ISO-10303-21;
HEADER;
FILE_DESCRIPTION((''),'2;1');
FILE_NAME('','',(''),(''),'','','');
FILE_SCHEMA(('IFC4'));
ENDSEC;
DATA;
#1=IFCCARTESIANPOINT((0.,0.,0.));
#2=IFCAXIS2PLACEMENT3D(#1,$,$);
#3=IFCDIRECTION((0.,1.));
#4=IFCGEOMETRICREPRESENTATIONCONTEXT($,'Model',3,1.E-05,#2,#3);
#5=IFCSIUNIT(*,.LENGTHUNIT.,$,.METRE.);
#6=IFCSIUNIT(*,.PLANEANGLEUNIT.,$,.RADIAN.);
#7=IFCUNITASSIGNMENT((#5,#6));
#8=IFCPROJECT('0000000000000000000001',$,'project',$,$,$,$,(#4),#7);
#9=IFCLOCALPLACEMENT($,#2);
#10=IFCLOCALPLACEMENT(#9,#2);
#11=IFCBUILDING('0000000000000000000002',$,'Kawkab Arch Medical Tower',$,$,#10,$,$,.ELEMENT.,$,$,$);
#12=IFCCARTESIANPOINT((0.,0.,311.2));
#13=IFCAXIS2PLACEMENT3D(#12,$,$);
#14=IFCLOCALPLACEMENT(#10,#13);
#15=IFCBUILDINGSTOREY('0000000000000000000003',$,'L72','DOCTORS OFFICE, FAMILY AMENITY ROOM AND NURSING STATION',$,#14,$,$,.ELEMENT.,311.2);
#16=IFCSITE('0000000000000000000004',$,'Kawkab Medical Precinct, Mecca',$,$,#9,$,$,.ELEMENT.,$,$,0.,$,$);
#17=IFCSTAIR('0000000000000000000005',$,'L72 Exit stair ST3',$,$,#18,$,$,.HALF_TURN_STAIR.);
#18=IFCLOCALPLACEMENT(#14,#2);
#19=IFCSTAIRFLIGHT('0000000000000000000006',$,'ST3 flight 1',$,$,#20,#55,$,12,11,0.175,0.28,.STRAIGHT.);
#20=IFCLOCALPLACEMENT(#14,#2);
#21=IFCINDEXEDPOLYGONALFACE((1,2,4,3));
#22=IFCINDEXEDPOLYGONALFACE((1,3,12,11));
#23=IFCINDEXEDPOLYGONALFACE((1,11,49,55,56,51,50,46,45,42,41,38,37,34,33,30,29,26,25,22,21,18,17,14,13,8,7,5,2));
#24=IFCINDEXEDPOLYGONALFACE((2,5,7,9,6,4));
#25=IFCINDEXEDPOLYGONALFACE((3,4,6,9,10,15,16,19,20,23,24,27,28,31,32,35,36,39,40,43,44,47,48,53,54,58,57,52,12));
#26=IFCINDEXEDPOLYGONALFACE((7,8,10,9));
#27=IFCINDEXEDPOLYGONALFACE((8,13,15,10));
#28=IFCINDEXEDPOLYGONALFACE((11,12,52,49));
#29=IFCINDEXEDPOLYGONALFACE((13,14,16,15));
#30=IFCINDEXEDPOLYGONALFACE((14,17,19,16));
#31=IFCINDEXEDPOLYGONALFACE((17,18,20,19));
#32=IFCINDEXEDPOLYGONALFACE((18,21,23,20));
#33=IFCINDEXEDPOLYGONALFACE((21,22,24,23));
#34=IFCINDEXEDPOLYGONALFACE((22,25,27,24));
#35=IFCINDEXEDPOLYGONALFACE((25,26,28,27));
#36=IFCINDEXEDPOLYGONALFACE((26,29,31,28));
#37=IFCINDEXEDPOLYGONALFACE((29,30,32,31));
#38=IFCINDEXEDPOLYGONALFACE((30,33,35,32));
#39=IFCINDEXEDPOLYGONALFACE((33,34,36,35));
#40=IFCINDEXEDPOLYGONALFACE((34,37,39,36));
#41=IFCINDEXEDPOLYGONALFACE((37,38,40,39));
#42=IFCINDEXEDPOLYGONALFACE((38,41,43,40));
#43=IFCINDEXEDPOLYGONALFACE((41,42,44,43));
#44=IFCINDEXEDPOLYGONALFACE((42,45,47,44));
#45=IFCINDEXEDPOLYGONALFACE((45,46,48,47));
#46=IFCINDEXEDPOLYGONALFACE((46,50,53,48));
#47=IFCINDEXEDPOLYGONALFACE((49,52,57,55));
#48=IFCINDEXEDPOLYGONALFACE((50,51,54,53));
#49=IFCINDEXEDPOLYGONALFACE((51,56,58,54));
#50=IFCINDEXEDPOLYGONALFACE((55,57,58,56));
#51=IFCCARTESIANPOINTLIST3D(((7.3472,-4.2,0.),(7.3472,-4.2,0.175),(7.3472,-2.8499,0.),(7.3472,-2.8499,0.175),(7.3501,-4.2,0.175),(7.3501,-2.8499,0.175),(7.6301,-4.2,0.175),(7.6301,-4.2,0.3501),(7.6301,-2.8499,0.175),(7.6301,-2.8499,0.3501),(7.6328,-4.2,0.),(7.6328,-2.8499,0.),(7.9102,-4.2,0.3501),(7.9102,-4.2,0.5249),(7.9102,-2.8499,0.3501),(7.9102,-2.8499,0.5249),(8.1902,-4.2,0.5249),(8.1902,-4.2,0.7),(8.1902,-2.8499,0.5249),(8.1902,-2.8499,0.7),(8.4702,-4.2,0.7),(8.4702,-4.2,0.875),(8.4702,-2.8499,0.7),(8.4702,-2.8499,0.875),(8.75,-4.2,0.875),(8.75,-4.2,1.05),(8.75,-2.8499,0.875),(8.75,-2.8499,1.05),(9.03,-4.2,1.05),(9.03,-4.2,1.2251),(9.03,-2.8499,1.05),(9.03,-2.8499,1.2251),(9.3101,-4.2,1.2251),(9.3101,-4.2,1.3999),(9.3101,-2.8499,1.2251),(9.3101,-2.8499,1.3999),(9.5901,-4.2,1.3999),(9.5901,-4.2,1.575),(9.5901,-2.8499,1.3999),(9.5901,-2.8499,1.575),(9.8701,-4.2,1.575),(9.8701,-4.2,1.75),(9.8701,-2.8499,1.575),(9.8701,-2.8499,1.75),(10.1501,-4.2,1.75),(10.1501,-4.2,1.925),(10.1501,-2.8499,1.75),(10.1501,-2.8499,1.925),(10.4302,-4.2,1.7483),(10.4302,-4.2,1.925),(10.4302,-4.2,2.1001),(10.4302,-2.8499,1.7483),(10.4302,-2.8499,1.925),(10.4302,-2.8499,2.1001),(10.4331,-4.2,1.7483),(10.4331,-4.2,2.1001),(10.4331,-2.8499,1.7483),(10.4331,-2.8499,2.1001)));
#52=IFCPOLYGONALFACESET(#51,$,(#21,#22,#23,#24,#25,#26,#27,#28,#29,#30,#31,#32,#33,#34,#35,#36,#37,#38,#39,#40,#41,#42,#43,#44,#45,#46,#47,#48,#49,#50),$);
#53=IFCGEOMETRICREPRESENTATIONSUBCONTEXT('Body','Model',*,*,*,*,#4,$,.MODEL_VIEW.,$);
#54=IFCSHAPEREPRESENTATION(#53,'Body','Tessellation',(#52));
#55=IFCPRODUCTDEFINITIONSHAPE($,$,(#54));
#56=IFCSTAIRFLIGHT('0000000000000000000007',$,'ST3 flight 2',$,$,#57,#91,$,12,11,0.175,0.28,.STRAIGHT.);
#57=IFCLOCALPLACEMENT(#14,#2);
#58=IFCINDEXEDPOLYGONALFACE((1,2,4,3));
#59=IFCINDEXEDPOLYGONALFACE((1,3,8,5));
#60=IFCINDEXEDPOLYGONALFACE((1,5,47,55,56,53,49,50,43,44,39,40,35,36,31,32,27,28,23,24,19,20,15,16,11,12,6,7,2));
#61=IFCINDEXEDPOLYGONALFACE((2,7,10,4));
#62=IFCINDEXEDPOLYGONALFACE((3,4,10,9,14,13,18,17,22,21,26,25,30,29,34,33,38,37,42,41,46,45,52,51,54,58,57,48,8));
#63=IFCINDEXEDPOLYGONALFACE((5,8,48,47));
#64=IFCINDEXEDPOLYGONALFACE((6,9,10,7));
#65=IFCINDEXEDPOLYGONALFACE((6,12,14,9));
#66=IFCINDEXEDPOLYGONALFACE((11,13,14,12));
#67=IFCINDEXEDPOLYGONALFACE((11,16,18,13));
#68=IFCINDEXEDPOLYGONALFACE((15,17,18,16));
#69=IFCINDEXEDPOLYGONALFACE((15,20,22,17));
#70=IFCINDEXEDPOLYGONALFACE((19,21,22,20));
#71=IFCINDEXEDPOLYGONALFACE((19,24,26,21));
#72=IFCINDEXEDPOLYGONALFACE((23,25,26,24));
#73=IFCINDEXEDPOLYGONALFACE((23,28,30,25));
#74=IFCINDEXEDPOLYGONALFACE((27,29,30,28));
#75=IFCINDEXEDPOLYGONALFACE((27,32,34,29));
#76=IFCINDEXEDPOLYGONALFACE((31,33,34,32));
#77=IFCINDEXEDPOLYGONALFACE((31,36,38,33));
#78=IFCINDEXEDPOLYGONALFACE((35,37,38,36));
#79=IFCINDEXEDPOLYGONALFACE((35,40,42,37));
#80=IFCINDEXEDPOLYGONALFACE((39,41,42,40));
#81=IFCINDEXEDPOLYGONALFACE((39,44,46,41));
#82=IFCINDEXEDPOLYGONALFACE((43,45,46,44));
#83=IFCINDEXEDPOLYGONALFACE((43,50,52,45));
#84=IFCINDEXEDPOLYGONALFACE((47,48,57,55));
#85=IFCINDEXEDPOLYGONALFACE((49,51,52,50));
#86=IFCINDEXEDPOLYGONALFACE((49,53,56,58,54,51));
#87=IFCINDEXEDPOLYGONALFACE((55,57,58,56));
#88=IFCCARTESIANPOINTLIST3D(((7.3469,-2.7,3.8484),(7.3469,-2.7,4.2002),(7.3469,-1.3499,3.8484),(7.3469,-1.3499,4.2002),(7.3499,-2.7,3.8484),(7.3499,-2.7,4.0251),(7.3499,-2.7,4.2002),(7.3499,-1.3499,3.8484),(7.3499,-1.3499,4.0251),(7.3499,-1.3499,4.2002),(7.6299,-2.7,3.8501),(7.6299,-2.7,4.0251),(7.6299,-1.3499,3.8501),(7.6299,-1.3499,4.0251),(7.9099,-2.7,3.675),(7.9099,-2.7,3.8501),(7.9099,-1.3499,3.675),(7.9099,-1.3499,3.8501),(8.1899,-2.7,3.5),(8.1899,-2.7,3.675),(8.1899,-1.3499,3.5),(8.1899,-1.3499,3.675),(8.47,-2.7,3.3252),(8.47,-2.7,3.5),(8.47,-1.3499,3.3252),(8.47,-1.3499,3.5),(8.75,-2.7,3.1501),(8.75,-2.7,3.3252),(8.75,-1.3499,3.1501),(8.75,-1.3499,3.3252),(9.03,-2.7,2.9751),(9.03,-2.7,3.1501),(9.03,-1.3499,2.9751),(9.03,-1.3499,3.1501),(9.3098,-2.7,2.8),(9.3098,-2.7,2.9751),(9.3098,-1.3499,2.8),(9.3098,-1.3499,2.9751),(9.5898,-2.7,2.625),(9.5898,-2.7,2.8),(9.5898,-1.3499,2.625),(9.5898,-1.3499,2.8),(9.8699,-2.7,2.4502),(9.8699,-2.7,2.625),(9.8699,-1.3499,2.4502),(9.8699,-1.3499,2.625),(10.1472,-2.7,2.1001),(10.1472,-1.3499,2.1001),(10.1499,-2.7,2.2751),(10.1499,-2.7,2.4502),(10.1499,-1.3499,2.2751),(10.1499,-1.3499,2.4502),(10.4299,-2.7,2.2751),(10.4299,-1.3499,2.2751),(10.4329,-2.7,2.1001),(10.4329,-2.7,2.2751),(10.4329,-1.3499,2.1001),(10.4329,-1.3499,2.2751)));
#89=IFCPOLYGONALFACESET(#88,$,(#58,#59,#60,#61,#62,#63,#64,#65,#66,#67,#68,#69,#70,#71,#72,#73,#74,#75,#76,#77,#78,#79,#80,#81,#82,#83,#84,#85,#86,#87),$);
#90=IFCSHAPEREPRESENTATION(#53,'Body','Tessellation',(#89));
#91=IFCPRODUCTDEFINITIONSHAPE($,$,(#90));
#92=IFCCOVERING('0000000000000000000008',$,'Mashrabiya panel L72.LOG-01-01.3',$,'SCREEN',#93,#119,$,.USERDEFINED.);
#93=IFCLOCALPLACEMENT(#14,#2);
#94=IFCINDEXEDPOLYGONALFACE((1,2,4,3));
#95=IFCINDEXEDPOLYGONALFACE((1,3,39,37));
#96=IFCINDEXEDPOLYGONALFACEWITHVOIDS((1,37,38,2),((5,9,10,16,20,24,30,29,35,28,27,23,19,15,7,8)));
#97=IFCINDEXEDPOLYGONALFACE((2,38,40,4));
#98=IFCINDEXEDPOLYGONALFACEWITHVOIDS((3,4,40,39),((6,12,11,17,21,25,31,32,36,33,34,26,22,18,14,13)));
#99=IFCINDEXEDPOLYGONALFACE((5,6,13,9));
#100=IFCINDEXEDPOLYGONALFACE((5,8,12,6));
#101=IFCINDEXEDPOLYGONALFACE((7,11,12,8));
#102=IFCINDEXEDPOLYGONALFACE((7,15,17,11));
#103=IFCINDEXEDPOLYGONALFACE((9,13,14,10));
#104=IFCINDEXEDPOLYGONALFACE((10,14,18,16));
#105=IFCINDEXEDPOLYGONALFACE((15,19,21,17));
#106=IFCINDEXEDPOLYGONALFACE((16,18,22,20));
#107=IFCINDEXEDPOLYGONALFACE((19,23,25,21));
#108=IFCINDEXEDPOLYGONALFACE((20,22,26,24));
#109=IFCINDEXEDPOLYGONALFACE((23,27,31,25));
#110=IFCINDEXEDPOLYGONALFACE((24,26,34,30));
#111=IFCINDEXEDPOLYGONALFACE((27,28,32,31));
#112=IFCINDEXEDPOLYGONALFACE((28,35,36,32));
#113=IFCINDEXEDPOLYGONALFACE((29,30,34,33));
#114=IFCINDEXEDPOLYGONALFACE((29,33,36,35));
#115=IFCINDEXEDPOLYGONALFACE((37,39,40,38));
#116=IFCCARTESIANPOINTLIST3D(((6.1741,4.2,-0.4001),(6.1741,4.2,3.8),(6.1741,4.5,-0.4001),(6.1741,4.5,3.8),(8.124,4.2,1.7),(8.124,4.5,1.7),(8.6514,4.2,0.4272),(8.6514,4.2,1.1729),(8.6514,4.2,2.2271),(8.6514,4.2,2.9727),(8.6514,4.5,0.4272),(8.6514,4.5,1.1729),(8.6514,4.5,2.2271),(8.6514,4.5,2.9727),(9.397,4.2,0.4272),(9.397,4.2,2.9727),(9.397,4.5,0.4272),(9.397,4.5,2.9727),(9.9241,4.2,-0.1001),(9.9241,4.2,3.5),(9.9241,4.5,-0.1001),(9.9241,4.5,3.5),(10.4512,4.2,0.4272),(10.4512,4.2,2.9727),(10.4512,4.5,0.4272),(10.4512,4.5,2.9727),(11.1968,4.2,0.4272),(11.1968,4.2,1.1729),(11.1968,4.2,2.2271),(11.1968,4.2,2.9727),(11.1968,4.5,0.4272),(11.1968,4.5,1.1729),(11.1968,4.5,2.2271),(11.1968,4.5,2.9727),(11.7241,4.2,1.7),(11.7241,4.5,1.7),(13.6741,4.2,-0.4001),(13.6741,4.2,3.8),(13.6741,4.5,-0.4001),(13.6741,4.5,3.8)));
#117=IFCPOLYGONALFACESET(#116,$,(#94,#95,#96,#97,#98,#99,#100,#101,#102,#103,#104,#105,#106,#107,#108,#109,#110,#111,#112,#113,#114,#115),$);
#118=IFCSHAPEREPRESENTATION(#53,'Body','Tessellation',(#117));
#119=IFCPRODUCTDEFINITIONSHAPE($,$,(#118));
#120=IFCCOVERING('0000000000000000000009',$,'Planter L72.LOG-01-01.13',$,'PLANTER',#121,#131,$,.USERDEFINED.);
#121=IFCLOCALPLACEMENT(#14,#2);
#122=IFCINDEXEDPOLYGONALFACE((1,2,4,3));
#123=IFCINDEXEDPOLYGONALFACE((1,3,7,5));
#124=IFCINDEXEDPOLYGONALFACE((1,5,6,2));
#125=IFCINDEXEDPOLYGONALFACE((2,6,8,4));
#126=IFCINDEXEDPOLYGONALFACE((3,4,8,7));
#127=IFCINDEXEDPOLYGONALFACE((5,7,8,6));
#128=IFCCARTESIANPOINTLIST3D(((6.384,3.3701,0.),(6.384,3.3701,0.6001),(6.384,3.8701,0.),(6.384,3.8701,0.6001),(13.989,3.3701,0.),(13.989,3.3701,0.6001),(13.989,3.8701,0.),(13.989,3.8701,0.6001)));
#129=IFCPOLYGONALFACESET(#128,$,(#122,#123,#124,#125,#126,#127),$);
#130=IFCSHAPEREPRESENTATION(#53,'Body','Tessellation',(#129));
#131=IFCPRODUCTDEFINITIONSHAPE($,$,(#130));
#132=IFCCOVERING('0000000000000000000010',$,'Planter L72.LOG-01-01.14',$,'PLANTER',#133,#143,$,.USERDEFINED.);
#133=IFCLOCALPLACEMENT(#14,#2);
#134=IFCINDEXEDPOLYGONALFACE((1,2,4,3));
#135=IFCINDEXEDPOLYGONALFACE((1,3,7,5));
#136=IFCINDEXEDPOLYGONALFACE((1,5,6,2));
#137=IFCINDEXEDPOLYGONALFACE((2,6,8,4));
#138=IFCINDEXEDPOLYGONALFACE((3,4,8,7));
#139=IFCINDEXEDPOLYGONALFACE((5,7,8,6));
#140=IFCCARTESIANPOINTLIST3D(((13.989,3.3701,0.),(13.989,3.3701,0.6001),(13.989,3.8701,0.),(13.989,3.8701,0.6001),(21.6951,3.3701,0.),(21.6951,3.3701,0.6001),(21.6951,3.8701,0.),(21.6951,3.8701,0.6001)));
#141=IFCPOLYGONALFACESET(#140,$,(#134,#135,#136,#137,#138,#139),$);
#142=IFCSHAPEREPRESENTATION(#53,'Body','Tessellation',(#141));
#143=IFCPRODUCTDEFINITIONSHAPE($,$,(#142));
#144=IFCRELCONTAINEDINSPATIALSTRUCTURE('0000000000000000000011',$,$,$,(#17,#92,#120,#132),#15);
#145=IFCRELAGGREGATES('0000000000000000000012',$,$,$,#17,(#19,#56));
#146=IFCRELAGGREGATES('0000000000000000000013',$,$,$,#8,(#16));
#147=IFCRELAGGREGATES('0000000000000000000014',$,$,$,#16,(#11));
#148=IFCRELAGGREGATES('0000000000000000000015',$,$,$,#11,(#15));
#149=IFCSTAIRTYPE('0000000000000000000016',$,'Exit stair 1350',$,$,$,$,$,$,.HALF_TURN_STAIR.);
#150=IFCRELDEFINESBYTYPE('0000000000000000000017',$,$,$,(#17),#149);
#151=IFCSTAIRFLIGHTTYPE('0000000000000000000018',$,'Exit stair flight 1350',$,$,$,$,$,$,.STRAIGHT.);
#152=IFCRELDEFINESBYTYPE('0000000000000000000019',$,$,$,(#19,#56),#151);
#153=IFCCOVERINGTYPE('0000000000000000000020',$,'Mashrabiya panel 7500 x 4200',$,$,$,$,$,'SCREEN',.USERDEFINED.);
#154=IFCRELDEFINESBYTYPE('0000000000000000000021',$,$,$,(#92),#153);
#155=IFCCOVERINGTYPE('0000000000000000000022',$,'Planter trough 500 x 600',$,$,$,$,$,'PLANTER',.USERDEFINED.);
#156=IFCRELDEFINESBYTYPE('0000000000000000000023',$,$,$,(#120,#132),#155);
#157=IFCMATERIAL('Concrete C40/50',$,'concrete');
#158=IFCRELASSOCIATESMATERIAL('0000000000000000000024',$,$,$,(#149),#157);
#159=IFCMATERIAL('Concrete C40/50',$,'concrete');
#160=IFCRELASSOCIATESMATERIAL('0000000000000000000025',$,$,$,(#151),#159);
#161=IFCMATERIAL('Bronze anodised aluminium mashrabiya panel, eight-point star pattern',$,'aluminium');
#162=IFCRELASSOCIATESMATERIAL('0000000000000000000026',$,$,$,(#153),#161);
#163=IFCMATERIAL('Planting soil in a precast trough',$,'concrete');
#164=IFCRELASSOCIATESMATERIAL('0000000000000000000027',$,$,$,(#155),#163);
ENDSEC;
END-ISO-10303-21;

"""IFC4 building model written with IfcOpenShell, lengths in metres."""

from ifc_helpers import new_model, si_unit, direction, frame, origin, origin_2d, place, context, subcontext, project, spatial, polyline, rectangle, outline, extrude, material, material_profile, profile_set, type_object, element, aggregate, save


model = new_model("IFC4")

# Units and contexts
model_context = context("Model", 3, precision=1e-05, world=origin(), true_north=direction((0.0, 1.0)))
body_context = subcontext(model_context, "Body", "Model", "MODEL_VIEW")
ifc_project = project(units=[si_unit("LENGTHUNIT", "METRE"), si_unit("PLANEANGLEUNIT", "RADIAN")], contexts=[model_context])

# Site, building, storey
site_placement = place(None, origin())
site = spatial("IfcSite", under=ifc_project, at=site_placement, Name="Kawkab Medical Precinct, Mecca", CompositionType="ELEMENT", RefElevation=0.0)
building_placement = place(site_placement, origin())
building = spatial("IfcBuilding", under=site, at=building_placement, Name="Kawkab Arch Medical Tower", CompositionType="ELEMENT")
storey_placement = place(building_placement, frame((0.0, 0.0, 311.2)))
storey = spatial("IfcBuildingStorey", under=building, at=storey_placement, Name="L72", Description="DOCTORS OFFICE, FAMILY AMENITY ROOM AND NURSING STATION", CompositionType="ELEMENT", Elevation=311.2)

# Shared definitions
placement = place(storey_placement, origin())

# Stair, stair flights
ifc_material_1 = material(Name="Concrete C40/50", Category="concrete")
stair_type = type_object("IfcStairType", Name="Exit stair 1350", PredefinedType="HALF_TURN_STAIR", material=ifc_material_1)
stair = element("IfcStair", 1, at=placement, inside=storey, type_object=stair_type, Name="L72 Exit stair ST3", PredefinedType="HALF_TURN_STAIR")
ifc_material_2 = material(Name="Concrete C40/50", Category="concrete")
stair_flight_type = type_object("IfcStairFlightType", Name="Exit stair flight 1350", PredefinedType="STRAIGHT", material=ifc_material_2)
stair_flight_1_placement = place(storey_placement, frame((7.3501, -3.5249, 0.0), z_axis=(0.0, 0.0, 1.0), x_axis=(1.0, 0.0, 0.0)))
stair_flight_1 = element("IfcStairFlight", 2, at=stair_flight_1_placement, type_object=stair_flight_type, Name="ST3 flight 1", NumberOfRisers=12, NumberOfTreads=11, PredefinedType="STRAIGHT", RiserHeight=0.175, TreadLength=0.28, context=body_context, shape_type="SweptSolid", body=[
    extrude(outline(polyline([(-0.0029, 0.0), (-0.0029, 0.175), (0.0, 0.175), (0.28, 0.175), (0.28, 0.3501), (0.5601, 0.3501), (0.5601, 0.5249), (0.8401, 0.5249), (0.8401, 0.7), (1.1201, 0.7), (1.1201, 0.875), (1.3999, 0.875), (1.3999, 1.05), (1.6799, 1.05), (1.6799, 1.2251), (1.96, 1.2251), (1.96, 1.3999), (2.24, 1.3999), (2.24, 1.575), (2.52, 1.575), (2.52, 1.75), (2.8, 1.75), (2.8, 1.925), (3.0801, 1.925), (3.0801, 2.1001), (3.083, 2.1001), (3.083, 1.7483), (3.0801, 1.7483), (0.2827, 0.0), (-0.0029, 0.0)])), frame((0.0, 0.675, 0.0), z_axis=(0.0, -1.0, 0.0), x_axis=(1.0, 0.0, 0.0)), (0.0, 0.0, 1.0), 1.3501),
])
stair_flight_2_placement = place(storey_placement, frame((10.4299, -2.0249, 2.1001), z_axis=(0.0, 0.0, 1.0), x_axis=(-1.0, 0.0, 0.0)))
stair_flight_2 = element("IfcStairFlight", 3, at=stair_flight_2_placement, type_object=stair_flight_type, Name="ST3 flight 2", NumberOfRisers=12, NumberOfTreads=11, PredefinedType="STRAIGHT", RiserHeight=0.175, TreadLength=0.28, context=body_context, shape_type="SweptSolid", body=[
    extrude(outline(polyline([(-0.0029, 0.0), (-0.0029, 0.175), (0.0, 0.175), (0.28, 0.175), (0.28, 0.3501), (0.5601, 0.3501), (0.5601, 0.5249), (0.8401, 0.5249), (0.8401, 0.7), (1.1201, 0.7), (1.1201, 0.875), (1.3999, 0.875), (1.3999, 1.05), (1.6799, 1.05), (1.6799, 1.2251), (1.96, 1.2251), (1.96, 1.3999), (2.24, 1.3999), (2.24, 1.575), (2.52, 1.575), (2.52, 1.75), (2.8, 1.75), (2.8, 1.925), (3.0801, 1.925), (3.0801, 2.1001), (3.083, 2.1001), (3.083, 1.7483), (3.0801, 1.7483), (0.2827, 0.0), (-0.0029, 0.0)])), frame((0.0, 0.675, 0.0), z_axis=(0.0, -1.0, 0.0), x_axis=(1.0, 0.0, 0.0)), (0.0, 0.0, 1.0), 1.3501),
])
aggregate(stair, [stair_flight_1, stair_flight_2])

# Coverings
ifc_material_3 = material(Name="Bronze anodised aluminium mashrabiya panel, eight-point star pattern", Category="aluminium")
ifc_material_profile_1 = material_profile(ifc_material_3, outline(polyline([(-3.75, -2.1001), (3.75, -2.1001), (3.75, 2.1001), (-3.75, 2.1001), (-3.75, -2.1001)]), holes=[polyline([(1.8, 0.0), (1.2727, 0.5271), (1.2727, 1.2727), (0.5271, 1.2727), (0.0, 1.8), (-0.5271, 1.2727), (-1.2727, 1.2727), (-1.2727, 0.5271), (-1.8, 0.0), (-1.2727, -0.5271), (-1.2727, -1.2727), (-0.5271, -1.2727), (0.0, -1.8), (0.5271, -1.2727), (1.2727, -1.2727), (1.2727, -0.5271), (1.8, 0.0)])]), Name="Mashrabiya panel 7500x4200")
ifc_profile_set_1 = profile_set([ifc_material_profile_1], Name="Bronze anodised aluminium mashrabiya panel, eight-point star pattern")
covering_type_1 = type_object("IfcCoveringType", Name="Mashrabiya panel 7500 x 4200", ElementType="SCREEN", PredefinedType="USERDEFINED", material=ifc_profile_set_1)
covering_1_placement = place(storey_placement, frame((9.9241, 4.2, 1.7), z_axis=(0.0, 1.0, 0.0), x_axis=(-1.0, 0.0, 0.0)))
element("IfcCovering", 4, at=covering_1_placement, inside=storey, type_object=covering_type_1, Name="Mashrabiya panel L72.LOG-01-01.3", ObjectType="SCREEN", PredefinedType="USERDEFINED", context=body_context, shape_type="SweptSolid", body=[
    extrude(outline(polyline([(-3.75, -2.1001), (3.75, -2.1001), (3.75, 2.1001), (-3.75, 2.1001), (-3.75, -2.1001)]), holes=[polyline([(1.8, 0.0), (1.2727, 0.5271), (1.2727, 1.2727), (0.5271, 1.2727), (0.0, 1.8), (-0.5271, 1.2727), (-1.2727, 1.2727), (-1.2727, 0.5271), (-1.8, 0.0), (-1.2727, -0.5271), (-1.2727, -1.2727), (-0.5271, -1.2727), (0.0, -1.8), (0.5271, -1.2727), (1.2727, -1.2727), (1.2727, -0.5271), (1.8, 0.0)])]), origin(), (0.0, 0.0, 1.0), 0.3),
])
ifc_material_4 = material(Name="Planting soil in a precast trough", Category="concrete")
ifc_material_profile_2 = material_profile(ifc_material_4, rectangle(XDim=0.5, YDim=0.6001, at=origin_2d()), Name="Trough 500x600")
ifc_profile_set_2 = profile_set([ifc_material_profile_2], Name="Planting soil in a precast trough")
covering_type_2 = type_object("IfcCoveringType", Name="Planter trough 500 x 600", ElementType="PLANTER", PredefinedType="USERDEFINED", material=ifc_profile_set_2)
covering_2_placement = place(storey_placement, frame((6.384, 3.6201, 0.3), z_axis=(1.0, 0.0, 0.0), x_axis=(0.0, 1.0, 0.0)))
element("IfcCovering", 5, at=covering_2_placement, inside=storey, type_object=covering_type_2, Name="Planter L72.LOG-01-01.13", ObjectType="PLANTER", PredefinedType="USERDEFINED", context=body_context, shape_type="SweptSolid", body=[
    extrude(rectangle(XDim=0.5, YDim=0.6001, at=origin_2d()), origin(), (0.0, 0.0, 1.0), 7.605),
])
covering_3_placement = place(storey_placement, frame((13.989, 3.6201, 0.3), z_axis=(1.0, 0.0, 0.0), x_axis=(0.0, 1.0, 0.0)))
element("IfcCovering", 6, at=covering_3_placement, inside=storey, type_object=covering_type_2, Name="Planter L72.LOG-01-01.14", ObjectType="PLANTER", PredefinedType="USERDEFINED", context=body_context, shape_type="SweptSolid", body=[
    extrude(rectangle(XDim=0.5, YDim=0.6001, at=origin_2d()), origin(), (0.0, 0.0, 1.0), 7.7061),
])

save(model, "model.ifc")
